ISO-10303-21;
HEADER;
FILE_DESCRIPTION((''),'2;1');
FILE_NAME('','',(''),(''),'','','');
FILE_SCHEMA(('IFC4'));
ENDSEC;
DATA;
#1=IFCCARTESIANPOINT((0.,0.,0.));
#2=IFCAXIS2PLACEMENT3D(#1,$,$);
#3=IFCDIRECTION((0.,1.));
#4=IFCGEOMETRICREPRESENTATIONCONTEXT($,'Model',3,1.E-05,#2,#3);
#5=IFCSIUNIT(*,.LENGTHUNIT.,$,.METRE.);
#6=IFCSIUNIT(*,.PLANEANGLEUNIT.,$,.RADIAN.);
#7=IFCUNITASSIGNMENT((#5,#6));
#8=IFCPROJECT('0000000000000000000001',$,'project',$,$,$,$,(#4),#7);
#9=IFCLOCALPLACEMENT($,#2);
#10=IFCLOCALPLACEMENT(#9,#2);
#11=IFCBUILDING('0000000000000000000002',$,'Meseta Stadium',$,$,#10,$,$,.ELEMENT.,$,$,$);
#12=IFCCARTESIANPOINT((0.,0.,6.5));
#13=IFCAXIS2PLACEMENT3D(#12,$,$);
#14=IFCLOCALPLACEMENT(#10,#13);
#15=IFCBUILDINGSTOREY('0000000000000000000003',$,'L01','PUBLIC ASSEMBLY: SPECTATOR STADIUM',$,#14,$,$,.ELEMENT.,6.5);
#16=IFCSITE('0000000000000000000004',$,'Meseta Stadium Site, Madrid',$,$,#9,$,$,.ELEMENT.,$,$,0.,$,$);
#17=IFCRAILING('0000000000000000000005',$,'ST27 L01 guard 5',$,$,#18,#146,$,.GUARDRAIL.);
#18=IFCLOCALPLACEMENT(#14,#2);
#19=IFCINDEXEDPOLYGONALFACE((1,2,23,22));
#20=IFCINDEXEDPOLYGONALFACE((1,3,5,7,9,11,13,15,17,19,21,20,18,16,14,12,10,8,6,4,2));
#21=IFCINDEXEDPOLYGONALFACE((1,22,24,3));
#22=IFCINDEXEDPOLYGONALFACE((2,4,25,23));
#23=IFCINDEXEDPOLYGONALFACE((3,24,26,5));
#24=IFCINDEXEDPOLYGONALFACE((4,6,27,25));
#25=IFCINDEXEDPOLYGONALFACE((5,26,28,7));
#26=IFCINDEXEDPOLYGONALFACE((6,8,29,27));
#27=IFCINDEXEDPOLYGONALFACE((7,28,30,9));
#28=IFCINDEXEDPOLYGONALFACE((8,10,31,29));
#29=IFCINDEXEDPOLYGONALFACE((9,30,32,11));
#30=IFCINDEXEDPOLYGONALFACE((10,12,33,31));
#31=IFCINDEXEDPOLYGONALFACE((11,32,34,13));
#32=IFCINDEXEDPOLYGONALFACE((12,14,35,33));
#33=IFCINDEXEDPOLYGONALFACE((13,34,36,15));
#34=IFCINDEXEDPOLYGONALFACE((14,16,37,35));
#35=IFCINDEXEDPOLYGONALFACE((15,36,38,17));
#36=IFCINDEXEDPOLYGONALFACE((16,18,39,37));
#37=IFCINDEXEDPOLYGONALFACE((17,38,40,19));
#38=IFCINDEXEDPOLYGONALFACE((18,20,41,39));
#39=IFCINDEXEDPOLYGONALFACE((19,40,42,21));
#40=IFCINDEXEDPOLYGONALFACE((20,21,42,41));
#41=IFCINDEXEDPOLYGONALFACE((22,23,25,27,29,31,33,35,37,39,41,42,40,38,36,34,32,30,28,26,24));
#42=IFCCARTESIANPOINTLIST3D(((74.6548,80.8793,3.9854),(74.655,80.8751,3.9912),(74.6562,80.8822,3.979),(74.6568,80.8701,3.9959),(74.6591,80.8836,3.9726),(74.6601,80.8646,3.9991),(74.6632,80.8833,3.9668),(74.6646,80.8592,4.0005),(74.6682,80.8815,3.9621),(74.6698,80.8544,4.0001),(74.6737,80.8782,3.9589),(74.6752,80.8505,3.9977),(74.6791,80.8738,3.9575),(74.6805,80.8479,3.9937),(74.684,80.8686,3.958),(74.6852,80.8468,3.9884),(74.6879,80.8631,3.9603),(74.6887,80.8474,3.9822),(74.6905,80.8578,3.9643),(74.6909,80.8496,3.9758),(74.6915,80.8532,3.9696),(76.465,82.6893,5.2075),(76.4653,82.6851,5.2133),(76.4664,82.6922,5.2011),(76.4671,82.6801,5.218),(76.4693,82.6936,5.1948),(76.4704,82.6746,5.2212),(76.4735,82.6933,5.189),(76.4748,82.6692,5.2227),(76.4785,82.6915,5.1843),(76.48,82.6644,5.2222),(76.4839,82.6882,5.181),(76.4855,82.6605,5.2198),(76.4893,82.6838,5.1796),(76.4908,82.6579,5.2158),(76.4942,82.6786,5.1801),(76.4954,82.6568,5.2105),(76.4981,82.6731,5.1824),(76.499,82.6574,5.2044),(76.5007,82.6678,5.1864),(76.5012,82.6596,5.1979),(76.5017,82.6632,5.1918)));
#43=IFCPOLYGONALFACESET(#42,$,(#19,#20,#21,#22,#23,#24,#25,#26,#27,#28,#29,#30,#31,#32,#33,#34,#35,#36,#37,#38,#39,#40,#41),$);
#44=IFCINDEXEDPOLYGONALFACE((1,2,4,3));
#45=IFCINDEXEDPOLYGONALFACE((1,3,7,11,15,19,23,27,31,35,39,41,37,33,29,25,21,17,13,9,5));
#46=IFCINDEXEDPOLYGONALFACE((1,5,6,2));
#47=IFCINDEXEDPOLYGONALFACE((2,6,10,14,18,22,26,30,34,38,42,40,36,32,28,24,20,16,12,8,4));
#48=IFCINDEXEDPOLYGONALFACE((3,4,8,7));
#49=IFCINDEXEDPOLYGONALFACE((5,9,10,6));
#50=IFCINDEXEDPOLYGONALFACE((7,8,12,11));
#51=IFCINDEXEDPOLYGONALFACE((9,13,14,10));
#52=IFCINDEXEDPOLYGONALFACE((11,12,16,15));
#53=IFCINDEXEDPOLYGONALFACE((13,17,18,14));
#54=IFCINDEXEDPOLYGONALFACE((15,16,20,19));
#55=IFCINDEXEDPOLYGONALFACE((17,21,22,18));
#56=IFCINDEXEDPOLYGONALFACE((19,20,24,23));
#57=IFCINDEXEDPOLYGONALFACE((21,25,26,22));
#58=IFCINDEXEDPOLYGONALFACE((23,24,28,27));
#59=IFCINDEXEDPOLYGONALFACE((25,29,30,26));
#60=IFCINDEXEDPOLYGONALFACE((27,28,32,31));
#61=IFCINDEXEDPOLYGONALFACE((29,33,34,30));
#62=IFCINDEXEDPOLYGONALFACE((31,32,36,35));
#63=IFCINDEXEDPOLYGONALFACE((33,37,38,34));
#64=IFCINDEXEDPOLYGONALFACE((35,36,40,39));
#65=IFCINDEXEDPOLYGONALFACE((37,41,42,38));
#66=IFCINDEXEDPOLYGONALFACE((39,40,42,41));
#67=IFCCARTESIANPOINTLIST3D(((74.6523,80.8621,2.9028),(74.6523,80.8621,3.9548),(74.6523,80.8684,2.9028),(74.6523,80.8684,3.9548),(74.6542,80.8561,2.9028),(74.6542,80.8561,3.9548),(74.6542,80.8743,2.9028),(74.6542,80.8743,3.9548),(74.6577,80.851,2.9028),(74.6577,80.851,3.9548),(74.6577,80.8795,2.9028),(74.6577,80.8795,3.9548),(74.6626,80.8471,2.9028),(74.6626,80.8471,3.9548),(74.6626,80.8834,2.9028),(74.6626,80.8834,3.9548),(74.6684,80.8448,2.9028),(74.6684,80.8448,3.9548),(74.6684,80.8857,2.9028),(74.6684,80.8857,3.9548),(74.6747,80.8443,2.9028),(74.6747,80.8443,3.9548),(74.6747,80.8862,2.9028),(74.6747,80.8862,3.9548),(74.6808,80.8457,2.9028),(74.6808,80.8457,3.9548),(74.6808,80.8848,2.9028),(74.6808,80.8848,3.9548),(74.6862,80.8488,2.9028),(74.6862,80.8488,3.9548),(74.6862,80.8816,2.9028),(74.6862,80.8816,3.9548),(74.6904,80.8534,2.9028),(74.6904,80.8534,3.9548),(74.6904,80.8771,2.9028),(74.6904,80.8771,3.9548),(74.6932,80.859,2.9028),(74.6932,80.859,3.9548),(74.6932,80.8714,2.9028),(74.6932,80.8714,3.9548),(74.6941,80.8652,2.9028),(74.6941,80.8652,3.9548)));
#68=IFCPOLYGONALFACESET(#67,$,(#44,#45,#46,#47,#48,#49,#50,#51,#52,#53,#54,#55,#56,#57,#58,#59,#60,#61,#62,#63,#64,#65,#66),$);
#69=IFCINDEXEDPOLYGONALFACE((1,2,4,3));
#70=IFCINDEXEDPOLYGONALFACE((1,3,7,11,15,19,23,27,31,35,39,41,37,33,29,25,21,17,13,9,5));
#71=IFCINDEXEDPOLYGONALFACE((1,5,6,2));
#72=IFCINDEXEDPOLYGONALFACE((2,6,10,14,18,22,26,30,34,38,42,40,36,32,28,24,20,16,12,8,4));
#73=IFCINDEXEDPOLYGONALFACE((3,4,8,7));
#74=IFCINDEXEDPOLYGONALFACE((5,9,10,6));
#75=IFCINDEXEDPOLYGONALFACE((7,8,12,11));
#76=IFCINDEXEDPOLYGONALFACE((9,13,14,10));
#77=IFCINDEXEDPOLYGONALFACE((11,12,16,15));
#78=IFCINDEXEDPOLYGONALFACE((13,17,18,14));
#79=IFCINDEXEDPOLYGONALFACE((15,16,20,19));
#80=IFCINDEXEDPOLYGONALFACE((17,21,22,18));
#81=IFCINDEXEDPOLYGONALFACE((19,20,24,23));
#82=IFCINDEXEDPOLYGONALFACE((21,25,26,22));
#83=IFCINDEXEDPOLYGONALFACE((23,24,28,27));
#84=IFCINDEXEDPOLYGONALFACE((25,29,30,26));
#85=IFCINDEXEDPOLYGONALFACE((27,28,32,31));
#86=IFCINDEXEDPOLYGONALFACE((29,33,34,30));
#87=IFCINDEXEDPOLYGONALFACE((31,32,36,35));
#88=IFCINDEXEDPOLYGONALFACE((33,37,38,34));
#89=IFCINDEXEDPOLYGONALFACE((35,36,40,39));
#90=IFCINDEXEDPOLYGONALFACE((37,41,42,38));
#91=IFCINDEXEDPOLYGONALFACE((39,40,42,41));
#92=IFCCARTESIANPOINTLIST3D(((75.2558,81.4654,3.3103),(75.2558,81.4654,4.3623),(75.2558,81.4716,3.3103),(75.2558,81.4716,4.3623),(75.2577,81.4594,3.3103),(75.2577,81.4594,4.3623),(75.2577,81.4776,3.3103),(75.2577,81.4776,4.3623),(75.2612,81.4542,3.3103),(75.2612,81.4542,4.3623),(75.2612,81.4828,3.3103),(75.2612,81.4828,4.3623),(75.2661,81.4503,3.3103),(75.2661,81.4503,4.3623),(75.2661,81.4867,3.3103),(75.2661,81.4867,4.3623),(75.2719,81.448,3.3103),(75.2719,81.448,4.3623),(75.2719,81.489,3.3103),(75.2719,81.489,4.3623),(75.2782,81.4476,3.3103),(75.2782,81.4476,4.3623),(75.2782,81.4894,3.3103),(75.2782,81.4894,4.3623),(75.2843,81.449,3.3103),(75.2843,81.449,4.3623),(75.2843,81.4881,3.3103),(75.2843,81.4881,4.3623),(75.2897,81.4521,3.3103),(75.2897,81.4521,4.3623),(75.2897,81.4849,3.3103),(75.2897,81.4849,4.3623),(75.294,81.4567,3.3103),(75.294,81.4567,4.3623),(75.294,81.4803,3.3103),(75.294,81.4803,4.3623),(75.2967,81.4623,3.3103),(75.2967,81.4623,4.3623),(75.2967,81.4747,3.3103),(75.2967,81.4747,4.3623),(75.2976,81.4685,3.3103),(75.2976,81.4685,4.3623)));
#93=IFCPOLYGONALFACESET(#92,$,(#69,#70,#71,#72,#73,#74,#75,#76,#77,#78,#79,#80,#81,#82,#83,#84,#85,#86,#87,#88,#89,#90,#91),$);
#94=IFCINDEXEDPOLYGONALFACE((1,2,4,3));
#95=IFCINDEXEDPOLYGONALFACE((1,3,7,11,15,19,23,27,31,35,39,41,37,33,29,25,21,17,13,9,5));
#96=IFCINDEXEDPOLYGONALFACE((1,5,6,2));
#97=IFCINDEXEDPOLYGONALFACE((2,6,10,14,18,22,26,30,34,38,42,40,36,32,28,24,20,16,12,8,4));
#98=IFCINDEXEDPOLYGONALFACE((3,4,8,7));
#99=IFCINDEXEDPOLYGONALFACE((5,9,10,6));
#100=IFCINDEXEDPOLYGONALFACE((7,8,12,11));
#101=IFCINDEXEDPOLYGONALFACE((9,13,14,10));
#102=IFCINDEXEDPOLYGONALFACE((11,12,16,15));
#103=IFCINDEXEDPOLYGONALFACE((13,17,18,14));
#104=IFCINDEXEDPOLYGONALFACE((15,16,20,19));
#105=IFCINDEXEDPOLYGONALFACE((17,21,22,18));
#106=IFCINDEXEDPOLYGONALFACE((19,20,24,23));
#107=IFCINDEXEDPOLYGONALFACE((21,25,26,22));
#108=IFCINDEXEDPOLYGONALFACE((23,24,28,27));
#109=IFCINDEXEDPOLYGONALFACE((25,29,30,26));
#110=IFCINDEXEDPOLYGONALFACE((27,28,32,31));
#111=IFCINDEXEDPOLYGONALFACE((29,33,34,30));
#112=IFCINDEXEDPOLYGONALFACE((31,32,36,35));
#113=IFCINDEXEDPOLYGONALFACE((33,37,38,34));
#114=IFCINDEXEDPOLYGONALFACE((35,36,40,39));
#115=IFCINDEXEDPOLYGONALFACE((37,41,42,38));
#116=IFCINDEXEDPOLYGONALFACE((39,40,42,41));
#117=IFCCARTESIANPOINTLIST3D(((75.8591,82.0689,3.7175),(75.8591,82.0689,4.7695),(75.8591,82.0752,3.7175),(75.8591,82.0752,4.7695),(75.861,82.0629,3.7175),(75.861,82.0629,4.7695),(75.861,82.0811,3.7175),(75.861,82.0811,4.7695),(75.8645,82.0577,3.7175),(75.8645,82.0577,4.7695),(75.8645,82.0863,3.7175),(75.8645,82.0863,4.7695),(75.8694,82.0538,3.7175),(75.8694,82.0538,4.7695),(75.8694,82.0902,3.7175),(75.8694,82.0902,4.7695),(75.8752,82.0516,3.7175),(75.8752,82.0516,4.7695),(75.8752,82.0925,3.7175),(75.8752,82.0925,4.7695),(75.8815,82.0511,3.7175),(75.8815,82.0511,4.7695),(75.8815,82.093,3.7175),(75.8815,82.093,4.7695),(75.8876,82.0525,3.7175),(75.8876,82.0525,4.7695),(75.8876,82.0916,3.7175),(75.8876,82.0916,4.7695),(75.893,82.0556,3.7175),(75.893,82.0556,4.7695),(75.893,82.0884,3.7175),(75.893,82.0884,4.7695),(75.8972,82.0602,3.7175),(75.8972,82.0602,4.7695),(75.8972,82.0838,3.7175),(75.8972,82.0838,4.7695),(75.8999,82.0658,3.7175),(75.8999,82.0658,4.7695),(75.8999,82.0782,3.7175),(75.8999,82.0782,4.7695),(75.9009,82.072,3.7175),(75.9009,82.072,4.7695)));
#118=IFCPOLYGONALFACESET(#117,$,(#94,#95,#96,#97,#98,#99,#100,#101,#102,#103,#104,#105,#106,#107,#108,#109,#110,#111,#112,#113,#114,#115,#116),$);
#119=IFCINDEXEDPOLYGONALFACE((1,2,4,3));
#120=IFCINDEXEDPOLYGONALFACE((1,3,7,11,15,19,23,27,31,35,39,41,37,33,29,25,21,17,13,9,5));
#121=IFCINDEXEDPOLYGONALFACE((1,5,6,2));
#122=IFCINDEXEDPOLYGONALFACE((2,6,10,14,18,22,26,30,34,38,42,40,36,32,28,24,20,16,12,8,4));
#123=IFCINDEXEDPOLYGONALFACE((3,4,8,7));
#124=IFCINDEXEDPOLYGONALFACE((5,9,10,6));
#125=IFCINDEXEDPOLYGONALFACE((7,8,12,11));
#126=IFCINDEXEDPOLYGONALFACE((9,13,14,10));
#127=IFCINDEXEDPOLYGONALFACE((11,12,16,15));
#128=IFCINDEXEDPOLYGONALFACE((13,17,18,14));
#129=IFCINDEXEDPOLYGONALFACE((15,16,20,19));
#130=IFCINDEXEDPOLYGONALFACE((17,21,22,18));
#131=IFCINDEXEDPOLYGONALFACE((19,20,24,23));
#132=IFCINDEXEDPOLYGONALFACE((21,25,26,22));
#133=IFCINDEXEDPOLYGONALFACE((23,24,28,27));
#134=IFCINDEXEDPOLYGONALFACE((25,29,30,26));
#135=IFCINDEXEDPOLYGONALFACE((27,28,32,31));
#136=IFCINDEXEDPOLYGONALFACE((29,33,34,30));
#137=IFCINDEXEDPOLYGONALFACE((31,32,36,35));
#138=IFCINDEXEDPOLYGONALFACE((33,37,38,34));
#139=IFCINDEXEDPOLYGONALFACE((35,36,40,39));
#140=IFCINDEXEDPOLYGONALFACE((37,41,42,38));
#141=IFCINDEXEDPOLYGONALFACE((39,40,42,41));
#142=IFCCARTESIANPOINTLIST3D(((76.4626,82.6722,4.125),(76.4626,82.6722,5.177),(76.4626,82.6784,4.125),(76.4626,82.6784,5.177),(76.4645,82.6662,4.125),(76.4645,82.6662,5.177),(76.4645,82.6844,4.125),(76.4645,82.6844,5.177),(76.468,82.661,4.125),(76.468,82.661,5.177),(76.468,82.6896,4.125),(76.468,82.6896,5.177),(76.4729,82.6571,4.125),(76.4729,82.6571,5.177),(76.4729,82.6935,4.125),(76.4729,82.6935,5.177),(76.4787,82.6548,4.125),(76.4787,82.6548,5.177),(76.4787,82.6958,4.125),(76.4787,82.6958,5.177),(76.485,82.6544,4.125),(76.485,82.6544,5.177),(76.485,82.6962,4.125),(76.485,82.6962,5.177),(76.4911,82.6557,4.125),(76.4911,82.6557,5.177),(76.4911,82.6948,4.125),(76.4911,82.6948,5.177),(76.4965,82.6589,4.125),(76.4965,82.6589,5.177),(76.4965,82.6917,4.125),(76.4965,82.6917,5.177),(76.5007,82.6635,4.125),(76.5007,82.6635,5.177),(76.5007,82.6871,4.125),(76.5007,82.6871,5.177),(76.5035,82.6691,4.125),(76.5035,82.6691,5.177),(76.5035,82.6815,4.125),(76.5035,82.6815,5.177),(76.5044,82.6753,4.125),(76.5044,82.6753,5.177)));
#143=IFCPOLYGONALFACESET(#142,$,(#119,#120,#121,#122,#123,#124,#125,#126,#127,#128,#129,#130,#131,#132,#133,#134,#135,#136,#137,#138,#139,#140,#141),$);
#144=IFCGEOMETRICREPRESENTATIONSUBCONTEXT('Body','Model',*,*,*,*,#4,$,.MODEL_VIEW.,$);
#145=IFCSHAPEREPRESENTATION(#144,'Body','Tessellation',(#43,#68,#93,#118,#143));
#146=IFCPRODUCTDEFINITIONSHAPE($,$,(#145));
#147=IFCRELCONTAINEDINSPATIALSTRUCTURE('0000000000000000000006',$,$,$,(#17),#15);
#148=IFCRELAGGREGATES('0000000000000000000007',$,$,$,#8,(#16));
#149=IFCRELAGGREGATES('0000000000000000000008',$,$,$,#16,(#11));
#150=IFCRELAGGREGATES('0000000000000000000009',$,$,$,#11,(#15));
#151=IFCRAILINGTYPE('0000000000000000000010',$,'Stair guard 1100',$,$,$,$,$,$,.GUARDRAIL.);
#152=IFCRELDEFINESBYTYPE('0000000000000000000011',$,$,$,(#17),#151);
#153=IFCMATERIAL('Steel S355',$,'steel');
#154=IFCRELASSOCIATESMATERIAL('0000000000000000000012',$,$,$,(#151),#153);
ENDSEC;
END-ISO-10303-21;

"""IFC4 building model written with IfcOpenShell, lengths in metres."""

from ifc_helpers import new_model, si_unit, direction, frame, origin, origin_2d, place, context, subcontext, project, spatial, circle, extrude, material, type_object, element, save


model = new_model("IFC4")

# Units and contexts
model_context = context("Model", 3, precision=1e-05, world=origin(), true_north=direction((0.0, 1.0)))
body_context = subcontext(model_context, "Body", "Model", "MODEL_VIEW")
ifc_project = project(units=[si_unit("LENGTHUNIT", "METRE"), si_unit("PLANEANGLEUNIT", "RADIAN")], contexts=[model_context])

# Site, building, storey
site_placement = place(None, origin())
site = spatial("IfcSite", under=ifc_project, at=site_placement, Name="Meseta Stadium Site, Madrid", CompositionType="ELEMENT", RefElevation=0.0)
building_placement = place(site_placement, origin())
building = spatial("IfcBuilding", under=site, at=building_placement, Name="Meseta Stadium", CompositionType="ELEMENT")
storey_placement = place(building_placement, frame((0.0, 0.0, 6.5)))
storey = spatial("IfcBuildingStorey", under=building, at=storey_placement, Name="L01", Description="PUBLIC ASSEMBLY: SPECTATOR STADIUM", CompositionType="ELEMENT", Elevation=6.5)

# Railing
ifc_material_1 = material(Name="Steel S355", Category="steel")
railing_type_1 = type_object("IfcRailingType", Name="Stair guard 1100", PredefinedType="GUARDRAIL", material=ifc_material_1)
railing_1_placement = place(storey_placement, frame((74.6731, 80.8652, 2.9028)))
element("IfcRailing", 1, at=railing_1_placement, inside=storey, type_object=railing_type_1, Name="ST27 L01 guard 5", PredefinedType="GUARDRAIL", context=body_context, shape_type="SweptSolid", body=[
    extrude(circle(Radius=0.0239, at=origin_2d()), frame((0.0, 0.0, 1.0762), z_axis=(0.638159, 0.638073, 0.430832), x_axis=(-0.707059, 0.707154, 0.0)), (0.0, 0.0, 1.0), 2.8367),
    extrude(circle(Radius=0.021, at=origin_2d()), origin(), (0.0, 0.0, 1.0), 1.052),
    extrude(circle(Radius=0.021, at=origin_2d()), frame((0.6035, 0.6033, 0.4075)), (0.0, 0.0, 1.0), 1.052),
    extrude(circle(Radius=0.021, at=origin_2d()), frame((1.2068, 1.2068, 0.8147)), (0.0, 0.0, 1.0), 1.052),
    extrude(circle(Radius=0.021, at=origin_2d()), frame((1.8103, 1.8101, 1.2222)), (0.0, 0.0, 1.0), 1.052),
])

save(model, "model.ifc")
